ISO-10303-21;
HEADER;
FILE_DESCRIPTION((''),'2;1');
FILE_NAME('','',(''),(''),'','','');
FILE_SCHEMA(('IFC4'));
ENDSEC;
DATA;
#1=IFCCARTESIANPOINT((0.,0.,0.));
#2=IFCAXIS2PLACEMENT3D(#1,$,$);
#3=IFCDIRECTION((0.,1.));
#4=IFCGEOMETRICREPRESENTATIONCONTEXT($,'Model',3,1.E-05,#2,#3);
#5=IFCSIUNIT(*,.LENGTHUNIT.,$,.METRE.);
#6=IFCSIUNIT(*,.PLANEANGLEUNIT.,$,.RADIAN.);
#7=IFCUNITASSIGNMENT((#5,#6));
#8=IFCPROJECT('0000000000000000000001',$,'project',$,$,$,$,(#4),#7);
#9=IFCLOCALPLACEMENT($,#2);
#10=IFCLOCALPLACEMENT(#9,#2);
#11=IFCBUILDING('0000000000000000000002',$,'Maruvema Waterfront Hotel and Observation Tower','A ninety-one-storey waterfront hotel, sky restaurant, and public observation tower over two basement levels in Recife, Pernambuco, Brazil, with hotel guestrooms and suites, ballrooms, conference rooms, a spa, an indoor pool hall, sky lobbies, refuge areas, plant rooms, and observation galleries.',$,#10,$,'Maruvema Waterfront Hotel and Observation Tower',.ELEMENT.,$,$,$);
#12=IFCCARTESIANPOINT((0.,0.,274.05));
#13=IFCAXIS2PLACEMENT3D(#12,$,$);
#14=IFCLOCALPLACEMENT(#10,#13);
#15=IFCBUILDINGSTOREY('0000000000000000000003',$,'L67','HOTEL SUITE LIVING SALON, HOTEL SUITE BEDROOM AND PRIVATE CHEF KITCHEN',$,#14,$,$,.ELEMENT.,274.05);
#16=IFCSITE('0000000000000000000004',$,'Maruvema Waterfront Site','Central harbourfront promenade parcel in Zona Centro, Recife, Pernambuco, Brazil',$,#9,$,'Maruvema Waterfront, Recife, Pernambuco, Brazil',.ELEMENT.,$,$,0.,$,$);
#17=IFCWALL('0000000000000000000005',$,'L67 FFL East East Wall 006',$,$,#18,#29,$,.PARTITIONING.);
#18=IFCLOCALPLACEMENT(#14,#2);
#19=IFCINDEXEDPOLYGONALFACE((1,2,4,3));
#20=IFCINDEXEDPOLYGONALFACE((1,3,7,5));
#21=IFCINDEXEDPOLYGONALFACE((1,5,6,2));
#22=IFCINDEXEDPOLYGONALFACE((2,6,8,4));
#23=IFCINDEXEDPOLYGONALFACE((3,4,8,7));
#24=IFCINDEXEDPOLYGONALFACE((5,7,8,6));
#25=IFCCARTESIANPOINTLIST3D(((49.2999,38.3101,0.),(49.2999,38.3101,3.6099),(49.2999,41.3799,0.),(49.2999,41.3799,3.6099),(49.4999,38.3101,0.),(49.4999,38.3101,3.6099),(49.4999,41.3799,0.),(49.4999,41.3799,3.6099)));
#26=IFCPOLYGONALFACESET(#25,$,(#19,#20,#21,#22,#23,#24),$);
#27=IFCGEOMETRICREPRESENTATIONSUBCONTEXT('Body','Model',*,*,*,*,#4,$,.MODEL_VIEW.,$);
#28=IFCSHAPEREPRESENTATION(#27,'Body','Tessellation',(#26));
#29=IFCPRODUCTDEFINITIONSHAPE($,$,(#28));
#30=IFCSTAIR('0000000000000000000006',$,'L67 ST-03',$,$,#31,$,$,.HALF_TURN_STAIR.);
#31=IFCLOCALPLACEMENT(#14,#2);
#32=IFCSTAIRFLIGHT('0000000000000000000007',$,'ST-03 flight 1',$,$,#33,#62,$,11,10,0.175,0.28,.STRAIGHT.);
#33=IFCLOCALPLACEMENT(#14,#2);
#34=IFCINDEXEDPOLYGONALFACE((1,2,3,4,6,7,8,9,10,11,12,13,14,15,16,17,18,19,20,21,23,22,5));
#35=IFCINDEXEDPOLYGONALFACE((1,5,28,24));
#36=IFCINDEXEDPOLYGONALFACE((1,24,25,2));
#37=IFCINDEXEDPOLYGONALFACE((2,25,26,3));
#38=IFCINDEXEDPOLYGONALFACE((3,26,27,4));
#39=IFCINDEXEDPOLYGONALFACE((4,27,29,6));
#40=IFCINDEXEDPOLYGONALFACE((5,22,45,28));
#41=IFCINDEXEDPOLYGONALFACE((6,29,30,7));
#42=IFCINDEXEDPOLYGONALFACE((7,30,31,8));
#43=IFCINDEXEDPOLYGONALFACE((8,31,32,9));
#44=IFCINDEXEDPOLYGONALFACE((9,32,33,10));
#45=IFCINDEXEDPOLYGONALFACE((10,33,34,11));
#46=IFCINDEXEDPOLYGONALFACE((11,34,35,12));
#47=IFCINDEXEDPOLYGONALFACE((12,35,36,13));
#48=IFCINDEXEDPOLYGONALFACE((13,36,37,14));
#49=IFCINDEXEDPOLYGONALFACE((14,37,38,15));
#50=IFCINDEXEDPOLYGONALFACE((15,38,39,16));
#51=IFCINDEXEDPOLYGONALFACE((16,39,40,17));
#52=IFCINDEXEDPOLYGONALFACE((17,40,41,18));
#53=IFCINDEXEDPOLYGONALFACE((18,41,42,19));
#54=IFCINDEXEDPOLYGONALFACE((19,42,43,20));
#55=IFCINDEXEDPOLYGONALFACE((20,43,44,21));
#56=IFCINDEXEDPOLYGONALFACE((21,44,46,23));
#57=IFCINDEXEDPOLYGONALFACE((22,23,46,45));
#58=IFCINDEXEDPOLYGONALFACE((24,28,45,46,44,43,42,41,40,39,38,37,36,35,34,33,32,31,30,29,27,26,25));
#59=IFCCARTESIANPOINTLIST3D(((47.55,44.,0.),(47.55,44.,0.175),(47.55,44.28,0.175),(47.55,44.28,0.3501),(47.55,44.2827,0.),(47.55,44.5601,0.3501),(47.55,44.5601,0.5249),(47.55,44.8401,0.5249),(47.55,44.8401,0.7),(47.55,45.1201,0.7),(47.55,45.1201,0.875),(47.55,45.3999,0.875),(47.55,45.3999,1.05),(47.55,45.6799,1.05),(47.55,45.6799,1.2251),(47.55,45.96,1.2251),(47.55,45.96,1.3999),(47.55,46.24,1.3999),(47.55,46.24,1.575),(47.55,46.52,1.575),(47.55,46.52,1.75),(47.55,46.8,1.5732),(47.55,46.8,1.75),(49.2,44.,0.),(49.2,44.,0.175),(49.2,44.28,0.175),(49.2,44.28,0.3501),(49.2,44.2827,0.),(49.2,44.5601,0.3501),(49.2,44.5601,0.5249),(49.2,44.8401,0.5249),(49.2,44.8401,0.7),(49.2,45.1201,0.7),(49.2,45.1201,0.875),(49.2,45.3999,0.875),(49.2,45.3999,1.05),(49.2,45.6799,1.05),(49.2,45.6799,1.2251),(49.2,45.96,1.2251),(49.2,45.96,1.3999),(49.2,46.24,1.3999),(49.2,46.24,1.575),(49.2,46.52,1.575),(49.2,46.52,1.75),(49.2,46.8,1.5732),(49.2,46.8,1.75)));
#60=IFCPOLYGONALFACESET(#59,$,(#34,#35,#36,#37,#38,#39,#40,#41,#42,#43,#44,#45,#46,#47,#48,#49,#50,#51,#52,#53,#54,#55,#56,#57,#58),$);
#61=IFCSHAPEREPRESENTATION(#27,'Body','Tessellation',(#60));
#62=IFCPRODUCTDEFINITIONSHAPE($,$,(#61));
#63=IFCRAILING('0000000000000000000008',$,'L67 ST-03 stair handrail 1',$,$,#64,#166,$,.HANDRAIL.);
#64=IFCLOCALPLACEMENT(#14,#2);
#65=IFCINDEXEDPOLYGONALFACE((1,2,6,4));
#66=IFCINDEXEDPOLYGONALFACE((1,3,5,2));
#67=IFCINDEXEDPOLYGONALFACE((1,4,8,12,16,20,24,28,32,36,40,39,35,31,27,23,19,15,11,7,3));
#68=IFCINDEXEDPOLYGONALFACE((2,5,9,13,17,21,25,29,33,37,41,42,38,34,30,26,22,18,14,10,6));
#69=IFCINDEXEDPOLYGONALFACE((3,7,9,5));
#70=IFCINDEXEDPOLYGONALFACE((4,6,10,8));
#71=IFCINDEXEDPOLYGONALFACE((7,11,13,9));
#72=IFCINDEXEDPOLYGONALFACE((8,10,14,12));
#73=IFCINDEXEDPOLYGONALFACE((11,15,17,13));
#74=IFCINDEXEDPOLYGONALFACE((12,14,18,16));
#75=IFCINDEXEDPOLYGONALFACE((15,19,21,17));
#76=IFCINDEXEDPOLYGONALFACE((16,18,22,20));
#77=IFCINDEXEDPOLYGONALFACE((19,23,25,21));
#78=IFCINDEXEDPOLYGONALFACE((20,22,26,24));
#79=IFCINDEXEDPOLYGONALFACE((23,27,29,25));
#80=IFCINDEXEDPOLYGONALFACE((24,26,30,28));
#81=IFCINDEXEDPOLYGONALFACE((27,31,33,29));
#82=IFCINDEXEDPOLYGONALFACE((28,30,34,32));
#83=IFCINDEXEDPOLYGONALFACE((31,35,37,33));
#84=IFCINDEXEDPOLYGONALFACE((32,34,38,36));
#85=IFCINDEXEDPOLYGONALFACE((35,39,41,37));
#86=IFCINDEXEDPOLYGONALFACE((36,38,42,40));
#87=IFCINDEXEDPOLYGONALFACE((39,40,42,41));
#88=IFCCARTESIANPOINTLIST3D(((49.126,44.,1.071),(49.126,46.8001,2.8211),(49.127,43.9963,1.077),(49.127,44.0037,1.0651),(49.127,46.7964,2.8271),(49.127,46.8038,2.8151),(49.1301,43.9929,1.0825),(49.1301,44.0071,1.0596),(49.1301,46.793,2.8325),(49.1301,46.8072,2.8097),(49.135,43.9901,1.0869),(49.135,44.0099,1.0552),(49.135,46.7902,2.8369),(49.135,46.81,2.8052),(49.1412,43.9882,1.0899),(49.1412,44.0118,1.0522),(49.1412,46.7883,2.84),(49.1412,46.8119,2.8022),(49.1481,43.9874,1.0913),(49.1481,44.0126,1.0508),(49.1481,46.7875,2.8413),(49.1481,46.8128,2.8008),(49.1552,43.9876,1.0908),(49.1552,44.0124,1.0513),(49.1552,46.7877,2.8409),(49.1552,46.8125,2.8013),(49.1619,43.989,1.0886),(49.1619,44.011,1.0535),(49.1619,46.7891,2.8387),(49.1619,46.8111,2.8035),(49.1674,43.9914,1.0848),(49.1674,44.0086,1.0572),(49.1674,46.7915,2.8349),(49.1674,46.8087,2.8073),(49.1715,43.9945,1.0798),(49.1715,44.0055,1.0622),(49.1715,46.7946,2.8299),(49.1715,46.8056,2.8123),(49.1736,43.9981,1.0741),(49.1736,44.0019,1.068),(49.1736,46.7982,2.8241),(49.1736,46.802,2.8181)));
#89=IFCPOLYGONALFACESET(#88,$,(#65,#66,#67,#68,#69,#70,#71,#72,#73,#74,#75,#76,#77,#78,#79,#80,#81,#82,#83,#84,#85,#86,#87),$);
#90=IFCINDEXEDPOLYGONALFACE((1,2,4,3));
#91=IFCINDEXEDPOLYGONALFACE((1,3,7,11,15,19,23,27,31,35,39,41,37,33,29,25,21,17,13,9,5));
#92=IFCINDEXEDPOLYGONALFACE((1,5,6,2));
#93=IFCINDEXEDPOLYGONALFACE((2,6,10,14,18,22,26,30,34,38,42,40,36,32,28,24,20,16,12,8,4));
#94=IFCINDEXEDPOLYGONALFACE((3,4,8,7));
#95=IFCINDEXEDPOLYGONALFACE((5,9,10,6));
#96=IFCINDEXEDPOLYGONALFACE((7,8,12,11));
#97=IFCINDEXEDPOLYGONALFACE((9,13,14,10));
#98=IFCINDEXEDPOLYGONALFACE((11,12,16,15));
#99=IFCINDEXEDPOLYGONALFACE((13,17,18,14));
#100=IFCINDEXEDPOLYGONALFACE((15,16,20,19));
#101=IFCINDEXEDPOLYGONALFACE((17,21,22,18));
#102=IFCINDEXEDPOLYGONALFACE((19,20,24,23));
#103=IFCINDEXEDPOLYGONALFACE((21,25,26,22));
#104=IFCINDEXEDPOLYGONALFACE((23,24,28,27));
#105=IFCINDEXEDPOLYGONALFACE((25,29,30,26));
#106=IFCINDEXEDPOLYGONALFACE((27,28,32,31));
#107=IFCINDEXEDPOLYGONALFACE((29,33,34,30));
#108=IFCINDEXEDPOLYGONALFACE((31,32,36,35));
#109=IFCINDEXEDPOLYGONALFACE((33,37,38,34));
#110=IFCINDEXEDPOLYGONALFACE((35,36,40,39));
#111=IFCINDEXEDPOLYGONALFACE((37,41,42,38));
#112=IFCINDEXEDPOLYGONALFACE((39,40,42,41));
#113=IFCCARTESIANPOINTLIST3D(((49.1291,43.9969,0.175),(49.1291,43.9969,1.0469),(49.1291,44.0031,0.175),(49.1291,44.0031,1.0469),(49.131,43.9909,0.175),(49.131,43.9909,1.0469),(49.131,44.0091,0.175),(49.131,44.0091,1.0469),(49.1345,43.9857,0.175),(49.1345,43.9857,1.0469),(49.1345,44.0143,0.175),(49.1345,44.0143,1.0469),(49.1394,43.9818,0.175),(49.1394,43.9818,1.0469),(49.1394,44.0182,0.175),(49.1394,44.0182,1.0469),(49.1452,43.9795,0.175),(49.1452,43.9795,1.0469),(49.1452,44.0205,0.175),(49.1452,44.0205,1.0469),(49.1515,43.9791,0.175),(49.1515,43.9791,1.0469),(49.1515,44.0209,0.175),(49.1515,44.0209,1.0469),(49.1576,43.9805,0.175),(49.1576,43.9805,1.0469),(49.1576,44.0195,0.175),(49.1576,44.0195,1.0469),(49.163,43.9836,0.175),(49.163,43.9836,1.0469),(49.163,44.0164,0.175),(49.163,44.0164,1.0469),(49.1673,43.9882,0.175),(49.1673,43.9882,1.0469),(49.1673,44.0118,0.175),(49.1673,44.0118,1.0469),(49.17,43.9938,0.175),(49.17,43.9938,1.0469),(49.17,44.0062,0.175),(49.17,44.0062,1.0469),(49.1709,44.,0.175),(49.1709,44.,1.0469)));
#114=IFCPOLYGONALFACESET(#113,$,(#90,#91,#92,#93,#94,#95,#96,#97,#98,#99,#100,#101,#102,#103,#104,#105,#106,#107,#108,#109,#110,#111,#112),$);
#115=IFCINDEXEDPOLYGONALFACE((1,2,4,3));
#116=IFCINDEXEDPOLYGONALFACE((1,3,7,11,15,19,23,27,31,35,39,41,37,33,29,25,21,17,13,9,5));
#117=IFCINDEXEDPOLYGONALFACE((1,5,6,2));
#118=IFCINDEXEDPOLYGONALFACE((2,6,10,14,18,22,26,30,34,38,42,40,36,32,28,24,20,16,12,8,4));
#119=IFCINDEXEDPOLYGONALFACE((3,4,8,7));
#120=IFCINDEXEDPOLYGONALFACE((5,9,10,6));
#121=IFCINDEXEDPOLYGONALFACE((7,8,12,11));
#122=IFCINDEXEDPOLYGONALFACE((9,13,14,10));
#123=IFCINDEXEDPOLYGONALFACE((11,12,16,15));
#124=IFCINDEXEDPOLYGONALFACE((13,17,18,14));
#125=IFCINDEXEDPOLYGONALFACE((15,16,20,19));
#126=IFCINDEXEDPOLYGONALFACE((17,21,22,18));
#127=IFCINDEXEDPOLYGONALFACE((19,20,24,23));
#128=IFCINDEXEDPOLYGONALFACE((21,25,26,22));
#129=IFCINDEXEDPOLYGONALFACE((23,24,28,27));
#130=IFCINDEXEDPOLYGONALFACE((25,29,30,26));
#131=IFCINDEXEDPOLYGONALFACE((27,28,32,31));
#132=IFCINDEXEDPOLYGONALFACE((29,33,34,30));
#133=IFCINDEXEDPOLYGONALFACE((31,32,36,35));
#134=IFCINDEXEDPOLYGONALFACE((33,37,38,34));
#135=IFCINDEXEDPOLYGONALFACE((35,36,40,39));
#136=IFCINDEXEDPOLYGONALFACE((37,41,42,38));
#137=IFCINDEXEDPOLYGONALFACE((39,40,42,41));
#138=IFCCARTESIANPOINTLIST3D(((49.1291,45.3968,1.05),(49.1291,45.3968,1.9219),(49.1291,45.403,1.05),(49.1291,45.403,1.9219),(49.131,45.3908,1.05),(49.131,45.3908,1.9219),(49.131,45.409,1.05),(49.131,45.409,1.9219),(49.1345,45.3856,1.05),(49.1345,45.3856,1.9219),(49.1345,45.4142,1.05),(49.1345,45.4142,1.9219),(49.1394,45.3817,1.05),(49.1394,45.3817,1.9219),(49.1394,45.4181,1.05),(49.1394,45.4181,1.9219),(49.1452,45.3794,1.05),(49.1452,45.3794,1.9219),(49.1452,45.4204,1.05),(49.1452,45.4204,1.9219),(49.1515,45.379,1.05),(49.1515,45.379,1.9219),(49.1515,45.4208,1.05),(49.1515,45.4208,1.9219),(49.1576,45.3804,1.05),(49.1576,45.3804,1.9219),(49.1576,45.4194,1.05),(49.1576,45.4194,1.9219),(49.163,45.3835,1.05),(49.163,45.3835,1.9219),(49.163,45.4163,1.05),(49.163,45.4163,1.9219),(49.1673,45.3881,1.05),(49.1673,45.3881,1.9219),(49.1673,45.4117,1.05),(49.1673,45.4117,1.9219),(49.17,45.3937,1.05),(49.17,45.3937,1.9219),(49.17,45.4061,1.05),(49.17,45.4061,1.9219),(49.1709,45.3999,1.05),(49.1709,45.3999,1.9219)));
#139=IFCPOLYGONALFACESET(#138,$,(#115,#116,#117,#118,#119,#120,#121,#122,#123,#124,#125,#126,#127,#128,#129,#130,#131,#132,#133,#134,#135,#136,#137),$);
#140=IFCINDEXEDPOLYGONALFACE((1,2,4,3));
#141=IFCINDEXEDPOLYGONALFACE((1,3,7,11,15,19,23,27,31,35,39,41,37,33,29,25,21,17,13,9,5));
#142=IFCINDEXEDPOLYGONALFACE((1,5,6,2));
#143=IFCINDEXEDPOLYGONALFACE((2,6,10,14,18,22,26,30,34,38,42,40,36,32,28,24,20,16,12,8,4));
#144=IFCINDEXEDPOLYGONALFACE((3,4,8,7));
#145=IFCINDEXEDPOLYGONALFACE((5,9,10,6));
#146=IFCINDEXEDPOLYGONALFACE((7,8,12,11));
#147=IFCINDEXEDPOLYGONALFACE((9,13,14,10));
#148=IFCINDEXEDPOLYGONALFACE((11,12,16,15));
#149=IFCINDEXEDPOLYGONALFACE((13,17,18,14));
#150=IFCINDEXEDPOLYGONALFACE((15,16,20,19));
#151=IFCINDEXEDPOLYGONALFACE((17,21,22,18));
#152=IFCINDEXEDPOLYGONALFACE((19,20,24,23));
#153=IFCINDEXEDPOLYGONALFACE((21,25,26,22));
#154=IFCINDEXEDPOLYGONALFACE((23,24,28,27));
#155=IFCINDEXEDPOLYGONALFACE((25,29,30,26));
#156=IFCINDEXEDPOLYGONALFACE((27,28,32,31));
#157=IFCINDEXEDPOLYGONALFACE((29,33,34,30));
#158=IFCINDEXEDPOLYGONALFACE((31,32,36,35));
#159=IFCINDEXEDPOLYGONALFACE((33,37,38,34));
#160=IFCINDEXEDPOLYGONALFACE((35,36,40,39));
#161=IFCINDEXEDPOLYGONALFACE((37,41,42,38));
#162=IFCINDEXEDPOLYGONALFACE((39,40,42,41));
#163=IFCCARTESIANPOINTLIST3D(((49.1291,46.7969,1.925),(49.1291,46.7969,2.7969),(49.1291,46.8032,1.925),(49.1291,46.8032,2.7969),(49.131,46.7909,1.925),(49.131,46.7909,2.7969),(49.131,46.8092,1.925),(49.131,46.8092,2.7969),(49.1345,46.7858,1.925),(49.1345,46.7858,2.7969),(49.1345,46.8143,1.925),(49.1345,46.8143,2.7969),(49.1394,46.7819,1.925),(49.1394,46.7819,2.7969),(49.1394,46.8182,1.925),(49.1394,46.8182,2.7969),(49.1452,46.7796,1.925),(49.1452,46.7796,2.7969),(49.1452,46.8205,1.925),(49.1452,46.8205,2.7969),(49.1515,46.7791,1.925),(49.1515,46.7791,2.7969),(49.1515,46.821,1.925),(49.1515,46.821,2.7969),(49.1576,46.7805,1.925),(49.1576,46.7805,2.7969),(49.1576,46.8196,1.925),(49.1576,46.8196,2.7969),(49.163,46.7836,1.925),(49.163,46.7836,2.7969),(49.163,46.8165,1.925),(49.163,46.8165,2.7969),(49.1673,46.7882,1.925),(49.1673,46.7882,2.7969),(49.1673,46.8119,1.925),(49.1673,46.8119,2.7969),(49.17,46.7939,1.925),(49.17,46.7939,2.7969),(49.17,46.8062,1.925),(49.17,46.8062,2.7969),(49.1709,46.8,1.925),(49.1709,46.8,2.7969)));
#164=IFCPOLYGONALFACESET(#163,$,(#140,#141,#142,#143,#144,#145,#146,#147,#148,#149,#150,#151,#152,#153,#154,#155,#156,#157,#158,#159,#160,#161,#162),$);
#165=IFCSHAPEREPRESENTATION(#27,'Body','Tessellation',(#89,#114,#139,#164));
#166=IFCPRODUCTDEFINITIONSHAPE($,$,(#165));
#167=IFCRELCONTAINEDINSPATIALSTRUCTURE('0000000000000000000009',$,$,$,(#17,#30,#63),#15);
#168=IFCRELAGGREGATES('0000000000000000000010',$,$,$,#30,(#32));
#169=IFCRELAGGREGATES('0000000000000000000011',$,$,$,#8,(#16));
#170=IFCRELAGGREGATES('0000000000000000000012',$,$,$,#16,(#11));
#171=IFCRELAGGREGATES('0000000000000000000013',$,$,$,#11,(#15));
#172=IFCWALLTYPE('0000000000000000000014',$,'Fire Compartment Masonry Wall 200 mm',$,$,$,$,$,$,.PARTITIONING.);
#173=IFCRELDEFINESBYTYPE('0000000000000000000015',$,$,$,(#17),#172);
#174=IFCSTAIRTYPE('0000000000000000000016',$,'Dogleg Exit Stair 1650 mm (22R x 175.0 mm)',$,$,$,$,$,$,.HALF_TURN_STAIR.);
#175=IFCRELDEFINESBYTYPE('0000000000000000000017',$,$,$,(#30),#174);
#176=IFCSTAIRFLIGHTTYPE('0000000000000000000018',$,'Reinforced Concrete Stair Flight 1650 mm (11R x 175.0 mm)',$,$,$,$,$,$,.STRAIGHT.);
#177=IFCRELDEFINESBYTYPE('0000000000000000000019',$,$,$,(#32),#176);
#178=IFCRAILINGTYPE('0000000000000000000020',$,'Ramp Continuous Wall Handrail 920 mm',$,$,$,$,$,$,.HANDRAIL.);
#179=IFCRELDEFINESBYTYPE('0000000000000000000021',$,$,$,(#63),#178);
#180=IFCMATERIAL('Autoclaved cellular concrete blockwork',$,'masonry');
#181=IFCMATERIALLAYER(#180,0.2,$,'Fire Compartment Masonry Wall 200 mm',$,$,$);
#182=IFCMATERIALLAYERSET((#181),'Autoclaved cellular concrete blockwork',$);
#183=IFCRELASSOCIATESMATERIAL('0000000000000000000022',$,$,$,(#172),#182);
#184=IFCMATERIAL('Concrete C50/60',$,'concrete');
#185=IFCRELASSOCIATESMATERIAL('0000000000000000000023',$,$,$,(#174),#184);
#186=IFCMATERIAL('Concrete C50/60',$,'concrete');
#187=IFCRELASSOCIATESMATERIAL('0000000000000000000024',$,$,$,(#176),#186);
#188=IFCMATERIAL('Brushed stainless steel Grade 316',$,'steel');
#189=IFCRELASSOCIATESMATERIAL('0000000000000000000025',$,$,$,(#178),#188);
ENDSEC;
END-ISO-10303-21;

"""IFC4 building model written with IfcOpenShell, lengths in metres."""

from ifc_helpers import new_model, si_unit, direction, frame, frame_2d, origin, origin_2d, place, context, subcontext, project, spatial, polyline, rectangle, circle, outline, extrude, material, layer, layer_set, type_object, element, aggregate, save


model = new_model("IFC4")

# Units and contexts
model_context = context("Model", 3, precision=1e-05, world=origin(), true_north=direction((0.0, 1.0)))
body_context = subcontext(model_context, "Body", "Model", "MODEL_VIEW")
ifc_project = project(units=[si_unit("LENGTHUNIT", "METRE"), si_unit("PLANEANGLEUNIT", "RADIAN")], contexts=[model_context])

# Site, building, storey
site_placement = place(None, origin())
site = spatial("IfcSite", under=ifc_project, at=site_placement, Name="Maruvema Waterfront Site", Description="Central harbourfront promenade parcel in Zona Centro, Recife, Pernambuco, Brazil", LongName="Maruvema Waterfront, Recife, Pernambuco, Brazil", CompositionType="ELEMENT", RefElevation=0.0)
building_placement = place(site_placement, origin())
building = spatial("IfcBuilding", under=site, at=building_placement, Name="Maruvema Waterfront Hotel and Observation Tower", Description="A ninety-one-storey waterfront hotel, sky restaurant, and public observation tower over two basement levels in Recife, Pernambuco, Brazil, with hotel guestrooms and suites, ballrooms, conference rooms, a spa, an indoor pool hall, sky lobbies, refuge areas, plant rooms, and observation galleries.", LongName="Maruvema Waterfront Hotel and Observation Tower", CompositionType="ELEMENT")
storey_placement = place(building_placement, frame((0.0, 0.0, 274.05)))
storey = spatial("IfcBuildingStorey", under=building, at=storey_placement, Name="L67", Description="HOTEL SUITE LIVING SALON, HOTEL SUITE BEDROOM AND PRIVATE CHEF KITCHEN", CompositionType="ELEMENT", Elevation=274.05)

# Wall
ifc_material_1 = material(Name="Autoclaved cellular concrete blockwork", Category="masonry")
ifc_layer_1 = layer(ifc_material_1, 0.2, Name="Fire Compartment Masonry Wall 200 mm")
ifc_layer_set_1 = layer_set([ifc_layer_1], Name="Autoclaved cellular concrete blockwork")
wall_type_1 = type_object("IfcWallType", Name="Fire Compartment Masonry Wall 200 mm", PredefinedType="PARTITIONING", material=ifc_layer_set_1)
wall_1_placement = place(storey_placement, frame((49.3999, 38.3101, 0.0), z_axis=(0.0, 0.0, 1.0), x_axis=(0.0, 1.0, 0.0)))
element("IfcWall", 1, at=wall_1_placement, inside=storey, type_object=wall_type_1, Name="L67 FFL East East Wall 006", PredefinedType="PARTITIONING", context=body_context, shape_type="SweptSolid", body=[
    extrude(rectangle(XDim=3.0698, YDim=0.2, at=frame_2d((1.5349, 0.0))), origin(), (0.0, 0.0, 1.0), 3.6099),
])

# Stair, stair flight
ifc_material_2 = material(Name="Concrete C50/60", Category="concrete")
stair_type = type_object("IfcStairType", Name="Dogleg Exit Stair 1650 mm (22R x 175.0 mm)", PredefinedType="HALF_TURN_STAIR", material=ifc_material_2)
stair_placement = place(storey_placement, origin())
stair = element("IfcStair", 2, at=stair_placement, inside=storey, type_object=stair_type, Name="L67 ST-03", PredefinedType="HALF_TURN_STAIR")
ifc_material_3 = material(Name="Concrete C50/60", Category="concrete")
stair_flight_type = type_object("IfcStairFlightType", Name="Reinforced Concrete Stair Flight 1650 mm (11R x 175.0 mm)", PredefinedType="STRAIGHT", material=ifc_material_3)
stair_flight_placement = place(storey_placement, frame((48.375, 44.0, 0.0), z_axis=(0.0, 0.0, 1.0), x_axis=(0.0, 1.0, 0.0)))
stair_flight = element("IfcStairFlight", 3, at=stair_flight_placement, type_object=stair_flight_type, Name="ST-03 flight 1", NumberOfRisers=11, NumberOfTreads=10, PredefinedType="STRAIGHT", RiserHeight=0.175, TreadLength=0.28, context=body_context, shape_type="SweptSolid", body=[
    extrude(outline(polyline([(0.0, 0.0), (0.0, 0.175), (0.28, 0.175), (0.28, 0.3501), (0.5601, 0.3501), (0.5601, 0.5249), (0.8401, 0.5249), (0.8401, 0.7), (1.1201, 0.7), (1.1201, 0.875), (1.3999, 0.875), (1.3999, 1.05), (1.6799, 1.05), (1.6799, 1.2251), (1.96, 1.2251), (1.96, 1.3999), (2.24, 1.3999), (2.24, 1.575), (2.52, 1.575), (2.52, 1.75), (2.8, 1.75), (2.8, 1.925), (2.8, 1.5732), (0.2827, 0.0), (0.0, 0.0)])), frame((0.0, 0.825, 0.0), z_axis=(0.0, -1.0, 0.0), x_axis=(1.0, 0.0, 0.0)), (0.0, 0.0, 1.0), 1.6499),
])
aggregate(stair, [stair_flight])

# Railing
ifc_material_4 = material(Name="Brushed stainless steel Grade 316", Category="steel")
railing_type_1 = type_object("IfcRailingType", Name="Ramp Continuous Wall Handrail 920 mm", PredefinedType="HANDRAIL", material=ifc_material_4)
railing_1_placement = place(storey_placement, frame((49.1499, 44.0, 0.175)))
element("IfcRailing", 4, at=railing_1_placement, inside=storey, type_object=railing_type_1, Name="L67 ST-03 stair handrail 1", PredefinedType="HANDRAIL", context=body_context, shape_type="SweptSolid", body=[
    extrude(circle(Radius=0.0239, at=origin_2d()), frame((0.0, 0.0, 0.896), z_axis=(0.0, 0.848002, 0.529992), x_axis=(-1.0, 0.0, 0.0)), (0.0, 0.0, 1.0), 3.302),
    extrude(circle(Radius=0.021, at=origin_2d()), origin(), (0.0, 0.0, 1.0), 0.8718),
    extrude(circle(Radius=0.021, at=origin_2d()), frame((0.0, 1.3999, 0.875)), (0.0, 0.0, 1.0), 0.8718),
    extrude(circle(Radius=0.021, at=origin_2d()), frame((0.0, 2.8, 1.75)), (0.0, 0.0, 1.0), 0.8718),
])

save(model, "model.ifc")
